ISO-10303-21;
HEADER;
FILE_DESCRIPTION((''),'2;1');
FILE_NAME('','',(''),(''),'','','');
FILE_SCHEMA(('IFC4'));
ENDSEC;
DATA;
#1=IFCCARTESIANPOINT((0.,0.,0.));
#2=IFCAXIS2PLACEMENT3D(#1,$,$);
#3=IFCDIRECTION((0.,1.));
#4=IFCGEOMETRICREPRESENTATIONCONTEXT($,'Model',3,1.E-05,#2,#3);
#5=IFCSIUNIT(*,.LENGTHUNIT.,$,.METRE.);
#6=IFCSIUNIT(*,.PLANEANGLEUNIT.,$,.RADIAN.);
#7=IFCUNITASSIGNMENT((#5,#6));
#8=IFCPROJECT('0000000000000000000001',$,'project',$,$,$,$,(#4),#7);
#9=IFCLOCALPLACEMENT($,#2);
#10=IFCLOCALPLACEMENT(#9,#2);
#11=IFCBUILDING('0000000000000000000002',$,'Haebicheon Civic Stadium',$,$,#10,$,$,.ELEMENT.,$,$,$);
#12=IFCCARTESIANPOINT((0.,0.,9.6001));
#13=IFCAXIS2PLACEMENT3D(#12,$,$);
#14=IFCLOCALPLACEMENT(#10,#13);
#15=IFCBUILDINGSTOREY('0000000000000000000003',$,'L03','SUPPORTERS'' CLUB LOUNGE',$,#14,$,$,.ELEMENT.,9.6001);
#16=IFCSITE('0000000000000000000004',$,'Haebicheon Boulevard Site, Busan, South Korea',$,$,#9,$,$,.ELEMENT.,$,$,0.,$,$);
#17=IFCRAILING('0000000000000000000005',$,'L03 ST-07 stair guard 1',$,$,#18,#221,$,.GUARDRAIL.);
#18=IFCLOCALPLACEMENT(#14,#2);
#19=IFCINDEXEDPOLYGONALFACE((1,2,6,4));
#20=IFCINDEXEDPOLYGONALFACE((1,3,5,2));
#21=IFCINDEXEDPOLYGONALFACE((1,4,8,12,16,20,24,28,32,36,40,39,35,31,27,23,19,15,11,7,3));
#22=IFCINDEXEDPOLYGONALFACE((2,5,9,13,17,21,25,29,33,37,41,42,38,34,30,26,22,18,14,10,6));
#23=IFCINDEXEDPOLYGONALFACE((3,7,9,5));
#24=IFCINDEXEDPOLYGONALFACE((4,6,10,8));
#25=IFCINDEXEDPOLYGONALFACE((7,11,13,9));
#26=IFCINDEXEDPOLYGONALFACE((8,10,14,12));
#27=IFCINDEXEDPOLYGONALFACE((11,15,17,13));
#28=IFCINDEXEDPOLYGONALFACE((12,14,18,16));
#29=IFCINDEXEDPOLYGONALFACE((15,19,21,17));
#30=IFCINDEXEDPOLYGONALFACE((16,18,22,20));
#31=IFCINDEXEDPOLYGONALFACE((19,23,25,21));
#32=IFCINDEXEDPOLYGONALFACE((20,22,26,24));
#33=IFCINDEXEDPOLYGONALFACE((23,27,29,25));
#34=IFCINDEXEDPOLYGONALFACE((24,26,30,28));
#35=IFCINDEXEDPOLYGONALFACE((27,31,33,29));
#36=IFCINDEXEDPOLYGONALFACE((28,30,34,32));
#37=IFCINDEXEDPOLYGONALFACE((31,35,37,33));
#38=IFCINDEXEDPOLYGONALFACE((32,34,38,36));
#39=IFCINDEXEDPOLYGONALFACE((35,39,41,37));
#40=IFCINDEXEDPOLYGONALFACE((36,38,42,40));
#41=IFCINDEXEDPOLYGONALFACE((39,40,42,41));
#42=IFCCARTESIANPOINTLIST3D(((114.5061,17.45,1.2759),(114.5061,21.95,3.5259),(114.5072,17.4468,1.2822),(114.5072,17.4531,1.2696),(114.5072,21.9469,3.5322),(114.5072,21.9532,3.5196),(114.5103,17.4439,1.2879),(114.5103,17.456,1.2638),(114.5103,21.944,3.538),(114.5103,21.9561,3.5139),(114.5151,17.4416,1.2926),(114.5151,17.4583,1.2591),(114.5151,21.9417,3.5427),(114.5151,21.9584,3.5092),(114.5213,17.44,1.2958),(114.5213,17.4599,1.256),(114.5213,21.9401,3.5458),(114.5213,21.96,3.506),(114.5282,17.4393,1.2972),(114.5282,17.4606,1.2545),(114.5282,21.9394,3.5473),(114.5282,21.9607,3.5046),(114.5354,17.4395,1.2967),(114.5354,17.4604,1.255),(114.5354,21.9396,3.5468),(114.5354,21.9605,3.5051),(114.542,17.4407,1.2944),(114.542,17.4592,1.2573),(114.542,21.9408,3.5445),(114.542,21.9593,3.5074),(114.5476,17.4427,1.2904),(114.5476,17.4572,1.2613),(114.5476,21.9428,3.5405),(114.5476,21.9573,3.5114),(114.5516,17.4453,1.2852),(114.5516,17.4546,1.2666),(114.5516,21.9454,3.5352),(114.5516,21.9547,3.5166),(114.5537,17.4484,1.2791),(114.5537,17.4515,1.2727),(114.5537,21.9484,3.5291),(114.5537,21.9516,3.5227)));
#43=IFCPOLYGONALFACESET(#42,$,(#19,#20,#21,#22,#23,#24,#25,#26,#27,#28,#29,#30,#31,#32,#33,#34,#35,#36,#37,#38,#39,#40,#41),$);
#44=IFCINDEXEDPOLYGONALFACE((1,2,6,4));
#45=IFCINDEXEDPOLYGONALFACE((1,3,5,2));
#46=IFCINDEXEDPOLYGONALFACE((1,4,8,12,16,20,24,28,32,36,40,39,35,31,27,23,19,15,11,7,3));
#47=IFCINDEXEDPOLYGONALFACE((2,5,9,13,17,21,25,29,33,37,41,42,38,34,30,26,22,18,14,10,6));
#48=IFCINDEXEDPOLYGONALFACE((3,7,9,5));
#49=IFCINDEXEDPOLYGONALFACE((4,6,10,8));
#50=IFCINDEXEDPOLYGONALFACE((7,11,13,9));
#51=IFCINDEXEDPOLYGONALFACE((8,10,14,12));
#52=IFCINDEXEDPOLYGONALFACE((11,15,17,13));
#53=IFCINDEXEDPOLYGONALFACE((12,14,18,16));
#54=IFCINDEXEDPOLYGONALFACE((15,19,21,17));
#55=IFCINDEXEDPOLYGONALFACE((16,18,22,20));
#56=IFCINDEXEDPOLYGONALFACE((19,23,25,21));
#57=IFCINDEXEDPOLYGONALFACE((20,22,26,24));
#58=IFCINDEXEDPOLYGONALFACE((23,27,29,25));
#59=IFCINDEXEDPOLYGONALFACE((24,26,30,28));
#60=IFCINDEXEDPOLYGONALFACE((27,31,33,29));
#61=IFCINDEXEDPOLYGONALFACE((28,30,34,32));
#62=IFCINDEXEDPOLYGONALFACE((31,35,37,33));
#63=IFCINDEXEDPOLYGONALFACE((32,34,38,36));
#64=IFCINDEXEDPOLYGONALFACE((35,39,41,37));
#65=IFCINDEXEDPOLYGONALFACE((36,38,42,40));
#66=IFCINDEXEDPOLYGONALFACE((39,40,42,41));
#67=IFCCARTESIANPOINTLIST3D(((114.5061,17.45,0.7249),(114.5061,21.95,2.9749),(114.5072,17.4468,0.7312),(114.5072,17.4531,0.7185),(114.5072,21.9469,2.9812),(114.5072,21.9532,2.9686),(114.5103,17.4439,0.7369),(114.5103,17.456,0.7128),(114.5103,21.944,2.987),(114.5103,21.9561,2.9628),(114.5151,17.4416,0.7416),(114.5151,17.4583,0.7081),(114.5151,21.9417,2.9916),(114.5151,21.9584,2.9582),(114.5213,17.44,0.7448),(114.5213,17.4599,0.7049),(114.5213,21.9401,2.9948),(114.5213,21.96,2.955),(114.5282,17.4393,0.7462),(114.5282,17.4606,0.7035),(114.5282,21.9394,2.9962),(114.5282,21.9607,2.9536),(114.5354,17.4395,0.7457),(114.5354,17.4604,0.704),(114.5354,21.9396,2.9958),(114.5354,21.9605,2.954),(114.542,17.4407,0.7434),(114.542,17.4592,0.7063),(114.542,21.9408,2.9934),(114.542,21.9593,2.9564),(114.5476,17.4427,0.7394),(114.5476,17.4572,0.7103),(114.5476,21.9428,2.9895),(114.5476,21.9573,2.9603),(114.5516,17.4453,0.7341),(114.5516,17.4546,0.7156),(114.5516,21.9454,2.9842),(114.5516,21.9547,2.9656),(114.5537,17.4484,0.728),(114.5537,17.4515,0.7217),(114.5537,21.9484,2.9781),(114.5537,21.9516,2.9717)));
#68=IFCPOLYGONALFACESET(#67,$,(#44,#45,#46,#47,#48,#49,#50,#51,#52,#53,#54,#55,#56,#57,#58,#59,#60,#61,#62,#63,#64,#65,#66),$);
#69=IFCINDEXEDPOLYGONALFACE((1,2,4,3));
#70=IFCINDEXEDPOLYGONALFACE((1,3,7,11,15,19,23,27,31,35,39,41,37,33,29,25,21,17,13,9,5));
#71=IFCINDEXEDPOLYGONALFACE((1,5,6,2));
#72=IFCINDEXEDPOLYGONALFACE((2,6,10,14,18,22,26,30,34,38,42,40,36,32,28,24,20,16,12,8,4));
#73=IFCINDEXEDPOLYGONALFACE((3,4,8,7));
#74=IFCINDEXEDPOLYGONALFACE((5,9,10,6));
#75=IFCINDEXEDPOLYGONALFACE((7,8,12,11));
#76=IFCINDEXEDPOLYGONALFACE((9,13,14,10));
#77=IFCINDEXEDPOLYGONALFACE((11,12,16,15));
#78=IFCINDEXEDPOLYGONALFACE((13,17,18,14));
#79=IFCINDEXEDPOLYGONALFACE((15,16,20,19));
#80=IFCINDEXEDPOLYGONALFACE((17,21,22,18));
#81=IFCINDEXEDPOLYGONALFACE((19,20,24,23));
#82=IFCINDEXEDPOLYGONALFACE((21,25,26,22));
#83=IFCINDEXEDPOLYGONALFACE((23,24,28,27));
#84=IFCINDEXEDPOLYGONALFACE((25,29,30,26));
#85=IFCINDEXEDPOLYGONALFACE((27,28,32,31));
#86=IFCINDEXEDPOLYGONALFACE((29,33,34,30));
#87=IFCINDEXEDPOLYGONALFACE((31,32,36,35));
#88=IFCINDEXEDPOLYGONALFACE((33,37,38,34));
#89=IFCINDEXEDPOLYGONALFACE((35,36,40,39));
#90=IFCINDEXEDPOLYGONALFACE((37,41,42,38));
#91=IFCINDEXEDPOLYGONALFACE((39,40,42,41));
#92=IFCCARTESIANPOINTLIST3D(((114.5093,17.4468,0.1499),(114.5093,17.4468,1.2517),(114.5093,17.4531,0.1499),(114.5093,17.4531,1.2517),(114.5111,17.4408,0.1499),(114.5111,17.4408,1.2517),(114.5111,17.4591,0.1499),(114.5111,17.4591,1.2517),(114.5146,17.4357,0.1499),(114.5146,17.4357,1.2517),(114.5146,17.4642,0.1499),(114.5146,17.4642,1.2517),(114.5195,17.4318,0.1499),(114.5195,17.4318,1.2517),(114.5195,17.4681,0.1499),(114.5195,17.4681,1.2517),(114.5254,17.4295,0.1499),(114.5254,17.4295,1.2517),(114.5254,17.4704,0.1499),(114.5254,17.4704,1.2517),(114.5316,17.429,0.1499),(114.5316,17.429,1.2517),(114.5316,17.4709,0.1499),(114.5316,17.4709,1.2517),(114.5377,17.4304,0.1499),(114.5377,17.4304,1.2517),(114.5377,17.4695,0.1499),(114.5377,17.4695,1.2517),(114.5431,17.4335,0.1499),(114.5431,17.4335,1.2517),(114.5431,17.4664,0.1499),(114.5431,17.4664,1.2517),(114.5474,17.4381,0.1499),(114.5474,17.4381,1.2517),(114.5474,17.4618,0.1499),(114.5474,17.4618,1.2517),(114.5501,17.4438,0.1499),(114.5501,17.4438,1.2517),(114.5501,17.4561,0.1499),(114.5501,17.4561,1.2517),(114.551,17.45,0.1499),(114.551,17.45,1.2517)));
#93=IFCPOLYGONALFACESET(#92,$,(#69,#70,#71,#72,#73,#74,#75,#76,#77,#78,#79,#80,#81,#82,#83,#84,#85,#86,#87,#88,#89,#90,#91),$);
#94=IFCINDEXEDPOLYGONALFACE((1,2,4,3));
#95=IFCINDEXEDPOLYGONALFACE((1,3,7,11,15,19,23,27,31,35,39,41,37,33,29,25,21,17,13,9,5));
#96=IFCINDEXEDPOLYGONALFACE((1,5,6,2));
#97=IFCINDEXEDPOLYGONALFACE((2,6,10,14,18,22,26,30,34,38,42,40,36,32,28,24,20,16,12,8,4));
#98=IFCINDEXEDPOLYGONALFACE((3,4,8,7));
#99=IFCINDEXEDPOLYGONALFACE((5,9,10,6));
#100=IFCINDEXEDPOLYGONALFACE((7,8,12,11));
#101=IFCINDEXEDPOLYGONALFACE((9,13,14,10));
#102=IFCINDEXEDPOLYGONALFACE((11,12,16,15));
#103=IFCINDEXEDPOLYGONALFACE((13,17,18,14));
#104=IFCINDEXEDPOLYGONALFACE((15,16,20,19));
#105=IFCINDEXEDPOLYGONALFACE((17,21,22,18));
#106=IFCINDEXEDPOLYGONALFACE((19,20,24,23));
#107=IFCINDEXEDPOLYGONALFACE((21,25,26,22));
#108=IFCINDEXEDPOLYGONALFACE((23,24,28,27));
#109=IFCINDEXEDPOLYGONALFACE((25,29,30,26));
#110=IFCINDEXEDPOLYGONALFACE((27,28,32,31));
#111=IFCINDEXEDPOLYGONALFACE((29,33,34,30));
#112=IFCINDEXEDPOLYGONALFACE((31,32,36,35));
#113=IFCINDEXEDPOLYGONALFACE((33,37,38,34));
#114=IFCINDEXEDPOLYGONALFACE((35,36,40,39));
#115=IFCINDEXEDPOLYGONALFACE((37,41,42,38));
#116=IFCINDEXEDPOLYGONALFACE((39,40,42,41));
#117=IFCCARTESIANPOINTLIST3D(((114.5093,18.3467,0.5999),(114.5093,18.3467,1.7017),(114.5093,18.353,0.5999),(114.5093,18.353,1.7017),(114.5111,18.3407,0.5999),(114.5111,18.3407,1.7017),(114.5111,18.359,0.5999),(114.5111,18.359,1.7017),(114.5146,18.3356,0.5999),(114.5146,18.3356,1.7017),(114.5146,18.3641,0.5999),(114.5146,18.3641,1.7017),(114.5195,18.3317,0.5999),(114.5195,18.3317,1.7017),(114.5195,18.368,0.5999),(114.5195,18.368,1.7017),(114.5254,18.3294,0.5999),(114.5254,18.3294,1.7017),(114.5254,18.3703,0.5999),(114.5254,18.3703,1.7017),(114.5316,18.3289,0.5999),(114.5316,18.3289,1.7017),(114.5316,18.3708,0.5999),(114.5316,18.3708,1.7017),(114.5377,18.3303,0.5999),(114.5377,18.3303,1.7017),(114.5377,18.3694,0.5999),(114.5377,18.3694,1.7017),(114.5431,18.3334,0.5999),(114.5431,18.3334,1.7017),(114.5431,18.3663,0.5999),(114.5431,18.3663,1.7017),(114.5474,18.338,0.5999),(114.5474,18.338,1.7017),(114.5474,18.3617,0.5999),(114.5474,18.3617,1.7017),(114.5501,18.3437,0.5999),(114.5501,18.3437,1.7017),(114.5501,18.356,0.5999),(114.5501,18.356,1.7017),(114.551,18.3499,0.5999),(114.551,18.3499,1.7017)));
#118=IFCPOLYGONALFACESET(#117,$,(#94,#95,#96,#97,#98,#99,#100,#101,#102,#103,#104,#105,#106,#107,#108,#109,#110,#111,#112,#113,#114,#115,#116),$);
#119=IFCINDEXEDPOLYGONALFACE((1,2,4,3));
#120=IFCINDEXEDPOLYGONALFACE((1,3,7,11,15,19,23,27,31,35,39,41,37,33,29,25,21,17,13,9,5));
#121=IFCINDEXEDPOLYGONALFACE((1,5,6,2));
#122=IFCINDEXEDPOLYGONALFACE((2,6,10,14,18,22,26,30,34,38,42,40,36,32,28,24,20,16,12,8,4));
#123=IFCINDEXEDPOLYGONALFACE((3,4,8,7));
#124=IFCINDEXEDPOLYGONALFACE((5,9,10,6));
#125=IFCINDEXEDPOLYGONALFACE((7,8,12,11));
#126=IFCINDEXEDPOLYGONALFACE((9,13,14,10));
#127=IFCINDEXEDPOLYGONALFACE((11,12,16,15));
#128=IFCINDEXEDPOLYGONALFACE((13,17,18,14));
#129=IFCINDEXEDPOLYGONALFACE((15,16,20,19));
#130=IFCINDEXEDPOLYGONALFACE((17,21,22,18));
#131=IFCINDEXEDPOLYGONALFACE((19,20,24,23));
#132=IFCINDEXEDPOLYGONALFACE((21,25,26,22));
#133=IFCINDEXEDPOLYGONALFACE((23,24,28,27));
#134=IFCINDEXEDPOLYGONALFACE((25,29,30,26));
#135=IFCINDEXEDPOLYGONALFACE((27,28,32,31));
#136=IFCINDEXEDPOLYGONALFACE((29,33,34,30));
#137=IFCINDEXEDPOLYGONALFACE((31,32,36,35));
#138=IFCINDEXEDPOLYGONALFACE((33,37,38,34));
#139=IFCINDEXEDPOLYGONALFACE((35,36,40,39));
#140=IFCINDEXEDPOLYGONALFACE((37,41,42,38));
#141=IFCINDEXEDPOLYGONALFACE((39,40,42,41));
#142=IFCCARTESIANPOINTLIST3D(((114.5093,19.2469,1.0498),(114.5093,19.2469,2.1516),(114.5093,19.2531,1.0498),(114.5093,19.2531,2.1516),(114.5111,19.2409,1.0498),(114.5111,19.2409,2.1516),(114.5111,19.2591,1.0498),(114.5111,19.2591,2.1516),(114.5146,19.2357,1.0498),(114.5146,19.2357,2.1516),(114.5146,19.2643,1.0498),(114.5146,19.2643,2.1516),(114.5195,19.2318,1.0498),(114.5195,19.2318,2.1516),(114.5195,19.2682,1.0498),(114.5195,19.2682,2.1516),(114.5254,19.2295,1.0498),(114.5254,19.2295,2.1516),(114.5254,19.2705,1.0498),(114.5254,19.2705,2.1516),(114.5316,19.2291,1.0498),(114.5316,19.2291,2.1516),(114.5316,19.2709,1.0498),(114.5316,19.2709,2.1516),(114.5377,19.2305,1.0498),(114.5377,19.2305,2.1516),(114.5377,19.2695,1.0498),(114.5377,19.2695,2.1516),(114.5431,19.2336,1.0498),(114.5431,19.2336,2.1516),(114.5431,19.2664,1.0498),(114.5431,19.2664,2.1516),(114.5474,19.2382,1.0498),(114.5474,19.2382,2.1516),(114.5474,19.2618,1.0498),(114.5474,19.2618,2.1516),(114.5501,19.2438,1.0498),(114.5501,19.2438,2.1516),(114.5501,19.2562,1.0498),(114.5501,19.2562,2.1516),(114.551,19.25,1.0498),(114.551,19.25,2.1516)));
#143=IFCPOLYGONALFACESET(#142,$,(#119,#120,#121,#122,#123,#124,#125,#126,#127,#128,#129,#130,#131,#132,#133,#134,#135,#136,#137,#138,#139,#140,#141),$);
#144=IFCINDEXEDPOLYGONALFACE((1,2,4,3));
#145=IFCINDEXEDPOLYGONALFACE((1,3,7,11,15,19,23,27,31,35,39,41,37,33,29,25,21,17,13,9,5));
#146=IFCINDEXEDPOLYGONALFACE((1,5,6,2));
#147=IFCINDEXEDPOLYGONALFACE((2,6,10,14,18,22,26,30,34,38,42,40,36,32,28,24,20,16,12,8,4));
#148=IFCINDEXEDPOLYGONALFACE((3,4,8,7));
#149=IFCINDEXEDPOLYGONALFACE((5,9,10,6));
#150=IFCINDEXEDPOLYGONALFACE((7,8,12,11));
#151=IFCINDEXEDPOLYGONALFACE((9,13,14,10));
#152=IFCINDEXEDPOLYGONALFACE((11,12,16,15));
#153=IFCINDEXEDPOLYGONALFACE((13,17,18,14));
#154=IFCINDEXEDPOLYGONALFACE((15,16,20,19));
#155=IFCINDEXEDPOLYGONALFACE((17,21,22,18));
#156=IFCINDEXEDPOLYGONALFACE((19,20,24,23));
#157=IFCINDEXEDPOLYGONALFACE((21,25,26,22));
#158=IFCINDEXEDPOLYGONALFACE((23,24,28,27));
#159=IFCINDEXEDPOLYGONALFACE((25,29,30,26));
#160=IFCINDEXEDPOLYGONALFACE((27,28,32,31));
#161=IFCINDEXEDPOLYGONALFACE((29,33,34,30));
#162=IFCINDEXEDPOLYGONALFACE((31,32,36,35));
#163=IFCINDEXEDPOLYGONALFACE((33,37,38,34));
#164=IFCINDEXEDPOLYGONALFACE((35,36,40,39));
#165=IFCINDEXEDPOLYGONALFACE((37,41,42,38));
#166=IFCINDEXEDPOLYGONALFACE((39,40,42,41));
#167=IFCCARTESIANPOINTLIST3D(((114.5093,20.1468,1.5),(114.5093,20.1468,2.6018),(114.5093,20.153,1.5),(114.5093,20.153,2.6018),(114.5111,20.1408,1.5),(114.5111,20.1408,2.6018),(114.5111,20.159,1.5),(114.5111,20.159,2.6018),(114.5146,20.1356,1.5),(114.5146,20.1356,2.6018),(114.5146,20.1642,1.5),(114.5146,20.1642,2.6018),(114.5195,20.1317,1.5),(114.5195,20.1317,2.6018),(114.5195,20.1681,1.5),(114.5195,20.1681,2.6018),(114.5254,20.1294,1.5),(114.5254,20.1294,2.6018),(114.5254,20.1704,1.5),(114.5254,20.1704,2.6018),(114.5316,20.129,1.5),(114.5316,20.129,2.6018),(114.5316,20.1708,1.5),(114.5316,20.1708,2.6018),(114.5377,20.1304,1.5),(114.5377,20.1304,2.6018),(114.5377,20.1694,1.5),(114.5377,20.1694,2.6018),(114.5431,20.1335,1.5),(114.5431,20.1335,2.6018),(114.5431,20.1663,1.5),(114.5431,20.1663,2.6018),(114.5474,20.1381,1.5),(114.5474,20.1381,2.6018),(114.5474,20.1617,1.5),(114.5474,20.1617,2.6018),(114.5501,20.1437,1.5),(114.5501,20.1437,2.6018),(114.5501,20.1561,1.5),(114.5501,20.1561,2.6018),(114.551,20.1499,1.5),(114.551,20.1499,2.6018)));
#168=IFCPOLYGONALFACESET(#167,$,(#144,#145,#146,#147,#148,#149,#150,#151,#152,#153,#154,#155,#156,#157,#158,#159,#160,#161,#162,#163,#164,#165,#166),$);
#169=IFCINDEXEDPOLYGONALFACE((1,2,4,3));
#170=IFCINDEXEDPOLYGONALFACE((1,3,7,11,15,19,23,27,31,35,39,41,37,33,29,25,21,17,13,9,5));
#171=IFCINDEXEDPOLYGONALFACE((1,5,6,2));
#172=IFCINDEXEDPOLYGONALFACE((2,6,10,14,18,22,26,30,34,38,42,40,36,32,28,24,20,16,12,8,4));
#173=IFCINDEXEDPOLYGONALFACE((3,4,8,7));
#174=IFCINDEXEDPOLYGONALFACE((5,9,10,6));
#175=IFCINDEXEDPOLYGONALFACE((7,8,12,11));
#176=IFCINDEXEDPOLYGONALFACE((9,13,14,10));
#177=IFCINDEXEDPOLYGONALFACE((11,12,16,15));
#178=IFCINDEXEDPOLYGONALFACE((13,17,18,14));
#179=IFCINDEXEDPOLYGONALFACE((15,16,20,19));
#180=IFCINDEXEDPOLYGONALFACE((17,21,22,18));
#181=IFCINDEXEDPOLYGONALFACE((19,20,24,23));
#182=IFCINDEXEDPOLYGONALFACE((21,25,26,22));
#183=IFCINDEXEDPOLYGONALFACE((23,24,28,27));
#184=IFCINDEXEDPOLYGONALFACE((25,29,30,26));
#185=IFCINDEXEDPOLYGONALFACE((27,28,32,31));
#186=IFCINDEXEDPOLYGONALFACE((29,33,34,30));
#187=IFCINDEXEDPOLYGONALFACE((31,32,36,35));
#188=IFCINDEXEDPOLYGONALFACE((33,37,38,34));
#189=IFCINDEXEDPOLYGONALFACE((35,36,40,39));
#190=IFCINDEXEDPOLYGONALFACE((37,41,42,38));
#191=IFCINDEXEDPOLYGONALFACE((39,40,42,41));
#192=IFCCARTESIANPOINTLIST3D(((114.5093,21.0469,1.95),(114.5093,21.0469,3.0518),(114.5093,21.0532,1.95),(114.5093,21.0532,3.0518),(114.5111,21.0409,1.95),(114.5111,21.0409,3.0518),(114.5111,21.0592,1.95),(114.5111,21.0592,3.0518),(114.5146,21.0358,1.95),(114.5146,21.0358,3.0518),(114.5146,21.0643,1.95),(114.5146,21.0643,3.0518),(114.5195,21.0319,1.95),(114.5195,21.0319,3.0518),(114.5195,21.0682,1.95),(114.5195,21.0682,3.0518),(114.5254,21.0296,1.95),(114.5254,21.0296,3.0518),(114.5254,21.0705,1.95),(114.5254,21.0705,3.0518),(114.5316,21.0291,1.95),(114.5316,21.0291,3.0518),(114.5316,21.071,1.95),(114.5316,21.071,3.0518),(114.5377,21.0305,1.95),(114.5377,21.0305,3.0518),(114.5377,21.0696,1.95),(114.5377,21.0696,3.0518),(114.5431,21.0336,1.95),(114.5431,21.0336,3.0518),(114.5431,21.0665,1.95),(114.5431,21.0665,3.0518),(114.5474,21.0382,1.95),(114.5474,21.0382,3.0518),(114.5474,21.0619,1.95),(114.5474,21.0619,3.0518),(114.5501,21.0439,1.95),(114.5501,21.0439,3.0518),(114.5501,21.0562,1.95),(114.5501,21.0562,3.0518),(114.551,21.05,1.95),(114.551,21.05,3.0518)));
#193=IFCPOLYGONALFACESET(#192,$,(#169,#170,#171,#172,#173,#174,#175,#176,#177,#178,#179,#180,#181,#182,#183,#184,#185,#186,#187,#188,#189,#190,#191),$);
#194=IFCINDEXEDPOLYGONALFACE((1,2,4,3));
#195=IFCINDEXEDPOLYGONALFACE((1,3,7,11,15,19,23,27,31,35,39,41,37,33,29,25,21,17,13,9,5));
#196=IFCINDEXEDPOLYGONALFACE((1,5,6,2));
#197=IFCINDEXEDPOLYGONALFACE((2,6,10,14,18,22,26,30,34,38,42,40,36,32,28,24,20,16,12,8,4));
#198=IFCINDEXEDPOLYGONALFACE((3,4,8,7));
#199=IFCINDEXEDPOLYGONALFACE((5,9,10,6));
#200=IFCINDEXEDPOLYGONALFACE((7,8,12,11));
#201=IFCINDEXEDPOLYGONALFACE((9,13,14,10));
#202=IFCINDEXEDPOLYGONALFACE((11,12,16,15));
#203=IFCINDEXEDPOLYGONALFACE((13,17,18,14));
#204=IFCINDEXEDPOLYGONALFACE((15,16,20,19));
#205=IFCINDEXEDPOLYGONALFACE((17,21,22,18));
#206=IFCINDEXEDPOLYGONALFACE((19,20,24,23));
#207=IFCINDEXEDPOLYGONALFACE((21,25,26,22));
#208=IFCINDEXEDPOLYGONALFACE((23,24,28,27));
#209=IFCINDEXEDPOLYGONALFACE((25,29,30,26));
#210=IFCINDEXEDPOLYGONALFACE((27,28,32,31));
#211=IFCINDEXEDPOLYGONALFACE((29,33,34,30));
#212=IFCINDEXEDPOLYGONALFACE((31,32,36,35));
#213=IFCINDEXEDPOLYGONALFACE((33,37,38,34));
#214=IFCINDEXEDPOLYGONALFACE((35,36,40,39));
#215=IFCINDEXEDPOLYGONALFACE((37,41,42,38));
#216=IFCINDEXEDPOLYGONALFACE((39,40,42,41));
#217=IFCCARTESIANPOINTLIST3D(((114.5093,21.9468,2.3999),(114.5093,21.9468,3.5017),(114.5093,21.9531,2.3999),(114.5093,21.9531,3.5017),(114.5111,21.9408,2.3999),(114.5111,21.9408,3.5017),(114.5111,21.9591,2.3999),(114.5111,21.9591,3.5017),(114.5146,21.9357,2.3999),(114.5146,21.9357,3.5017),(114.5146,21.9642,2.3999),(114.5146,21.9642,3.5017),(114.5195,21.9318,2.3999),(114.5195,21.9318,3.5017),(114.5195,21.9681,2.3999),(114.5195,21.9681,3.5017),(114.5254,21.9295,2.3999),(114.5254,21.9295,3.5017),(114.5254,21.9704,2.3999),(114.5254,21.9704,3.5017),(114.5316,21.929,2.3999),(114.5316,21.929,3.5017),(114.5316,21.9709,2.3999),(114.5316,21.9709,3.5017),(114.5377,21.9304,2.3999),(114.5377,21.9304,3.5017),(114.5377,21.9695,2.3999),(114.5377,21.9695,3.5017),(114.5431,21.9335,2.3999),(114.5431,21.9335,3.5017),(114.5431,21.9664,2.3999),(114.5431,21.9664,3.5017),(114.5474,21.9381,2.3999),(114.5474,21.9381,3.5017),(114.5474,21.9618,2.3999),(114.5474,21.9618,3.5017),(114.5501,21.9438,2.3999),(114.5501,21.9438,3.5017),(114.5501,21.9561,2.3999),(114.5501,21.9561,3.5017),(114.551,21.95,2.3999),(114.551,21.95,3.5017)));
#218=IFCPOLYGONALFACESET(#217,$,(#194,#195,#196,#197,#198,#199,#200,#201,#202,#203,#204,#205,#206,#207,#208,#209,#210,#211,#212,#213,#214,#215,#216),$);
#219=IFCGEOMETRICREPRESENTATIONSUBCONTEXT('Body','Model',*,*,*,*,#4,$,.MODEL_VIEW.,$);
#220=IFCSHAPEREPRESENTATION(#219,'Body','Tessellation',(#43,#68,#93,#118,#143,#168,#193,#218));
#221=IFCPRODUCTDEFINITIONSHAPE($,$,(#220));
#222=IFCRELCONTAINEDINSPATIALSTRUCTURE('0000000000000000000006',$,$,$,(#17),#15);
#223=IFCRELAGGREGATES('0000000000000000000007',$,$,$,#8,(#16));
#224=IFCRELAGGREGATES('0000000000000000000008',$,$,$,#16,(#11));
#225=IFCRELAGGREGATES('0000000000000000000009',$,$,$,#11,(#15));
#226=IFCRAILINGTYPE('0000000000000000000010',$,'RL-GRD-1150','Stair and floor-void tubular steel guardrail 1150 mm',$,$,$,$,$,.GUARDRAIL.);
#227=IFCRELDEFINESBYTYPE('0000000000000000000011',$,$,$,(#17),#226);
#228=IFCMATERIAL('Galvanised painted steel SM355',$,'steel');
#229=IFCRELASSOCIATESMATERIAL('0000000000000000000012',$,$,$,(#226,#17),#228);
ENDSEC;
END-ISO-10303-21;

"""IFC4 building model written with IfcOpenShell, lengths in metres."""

from ifc_helpers import new_model, si_unit, direction, frame, origin, origin_2d, place, context, subcontext, project, spatial, circle, extrude, material, type_object, element, save


model = new_model("IFC4")

# Units and contexts
model_context = context("Model", 3, precision=1e-05, world=origin(), true_north=direction((0.0, 1.0)))
body_context = subcontext(model_context, "Body", "Model", "MODEL_VIEW")
ifc_project = project(units=[si_unit("LENGTHUNIT", "METRE"), si_unit("PLANEANGLEUNIT", "RADIAN")], contexts=[model_context])

# Site, building, storey
site_placement = place(None, origin())
site = spatial("IfcSite", under=ifc_project, at=site_placement, Name="Haebicheon Boulevard Site, Busan, South Korea", CompositionType="ELEMENT", RefElevation=0.0)
building_placement = place(site_placement, origin())
building = spatial("IfcBuilding", under=site, at=building_placement, Name="Haebicheon Civic Stadium", CompositionType="ELEMENT")
storey_placement = place(building_placement, frame((0.0, 0.0, 9.6001)))
storey = spatial("IfcBuildingStorey", under=building, at=storey_placement, Name="L03", Description="SUPPORTERS' CLUB LOUNGE", CompositionType="ELEMENT", Elevation=9.6001)

# Railing
ifc_material_1 = material(Name="Galvanised painted steel SM355", Category="steel")
railing_type = type_object("IfcRailingType", Name="RL-GRD-1150", Description="Stair and floor-void tubular steel guardrail 1150 mm", PredefinedType="GUARDRAIL", material=ifc_material_1)
railing_1_placement = place(storey_placement, frame((114.53, 17.45, 0.1499)))
element("IfcRailing", 1, at=railing_1_placement, inside=storey, type_object=railing_type, material=ifc_material_1, Name="L03 ST-07 stair guard 1", PredefinedType="GUARDRAIL", context=body_context, shape_type="SweptSolid", body=[
    extrude(circle(Radius=0.0239, at=origin_2d()), frame((0.0, 0.0, 1.126), z_axis=(0.0, 0.894427, 0.447214), x_axis=(-1.0, 0.0, 0.0)), (0.0, 0.0, 1.0), 5.0312),
    extrude(circle(Radius=0.0239, at=origin_2d()), frame((0.0, 0.0, 0.575), z_axis=(0.0, 0.894427, 0.447214), x_axis=(-1.0, 0.0, 0.0)), (0.0, 0.0, 1.0), 5.0312),
    extrude(circle(Radius=0.021, at=origin_2d()), origin(), (0.0, 0.0, 1.0), 1.1018),
    extrude(circle(Radius=0.021, at=origin_2d()), frame((0.0, 0.8999, 0.45)), (0.0, 0.0, 1.0), 1.1018),
    extrude(circle(Radius=0.021, at=origin_2d()), frame((0.0, 1.8, 0.8999)), (0.0, 0.0, 1.0), 1.1018),
    extrude(circle(Radius=0.021, at=origin_2d()), frame((0.0, 2.7, 1.3501)), (0.0, 0.0, 1.0), 1.1018),
    extrude(circle(Radius=0.021, at=origin_2d()), frame((0.0, 3.6001, 1.8)), (0.0, 0.0, 1.0), 1.1018),
    extrude(circle(Radius=0.021, at=origin_2d()), frame((0.0, 4.5, 2.25)), (0.0, 0.0, 1.0), 1.1018),
])

save(model, "model.ifc")
